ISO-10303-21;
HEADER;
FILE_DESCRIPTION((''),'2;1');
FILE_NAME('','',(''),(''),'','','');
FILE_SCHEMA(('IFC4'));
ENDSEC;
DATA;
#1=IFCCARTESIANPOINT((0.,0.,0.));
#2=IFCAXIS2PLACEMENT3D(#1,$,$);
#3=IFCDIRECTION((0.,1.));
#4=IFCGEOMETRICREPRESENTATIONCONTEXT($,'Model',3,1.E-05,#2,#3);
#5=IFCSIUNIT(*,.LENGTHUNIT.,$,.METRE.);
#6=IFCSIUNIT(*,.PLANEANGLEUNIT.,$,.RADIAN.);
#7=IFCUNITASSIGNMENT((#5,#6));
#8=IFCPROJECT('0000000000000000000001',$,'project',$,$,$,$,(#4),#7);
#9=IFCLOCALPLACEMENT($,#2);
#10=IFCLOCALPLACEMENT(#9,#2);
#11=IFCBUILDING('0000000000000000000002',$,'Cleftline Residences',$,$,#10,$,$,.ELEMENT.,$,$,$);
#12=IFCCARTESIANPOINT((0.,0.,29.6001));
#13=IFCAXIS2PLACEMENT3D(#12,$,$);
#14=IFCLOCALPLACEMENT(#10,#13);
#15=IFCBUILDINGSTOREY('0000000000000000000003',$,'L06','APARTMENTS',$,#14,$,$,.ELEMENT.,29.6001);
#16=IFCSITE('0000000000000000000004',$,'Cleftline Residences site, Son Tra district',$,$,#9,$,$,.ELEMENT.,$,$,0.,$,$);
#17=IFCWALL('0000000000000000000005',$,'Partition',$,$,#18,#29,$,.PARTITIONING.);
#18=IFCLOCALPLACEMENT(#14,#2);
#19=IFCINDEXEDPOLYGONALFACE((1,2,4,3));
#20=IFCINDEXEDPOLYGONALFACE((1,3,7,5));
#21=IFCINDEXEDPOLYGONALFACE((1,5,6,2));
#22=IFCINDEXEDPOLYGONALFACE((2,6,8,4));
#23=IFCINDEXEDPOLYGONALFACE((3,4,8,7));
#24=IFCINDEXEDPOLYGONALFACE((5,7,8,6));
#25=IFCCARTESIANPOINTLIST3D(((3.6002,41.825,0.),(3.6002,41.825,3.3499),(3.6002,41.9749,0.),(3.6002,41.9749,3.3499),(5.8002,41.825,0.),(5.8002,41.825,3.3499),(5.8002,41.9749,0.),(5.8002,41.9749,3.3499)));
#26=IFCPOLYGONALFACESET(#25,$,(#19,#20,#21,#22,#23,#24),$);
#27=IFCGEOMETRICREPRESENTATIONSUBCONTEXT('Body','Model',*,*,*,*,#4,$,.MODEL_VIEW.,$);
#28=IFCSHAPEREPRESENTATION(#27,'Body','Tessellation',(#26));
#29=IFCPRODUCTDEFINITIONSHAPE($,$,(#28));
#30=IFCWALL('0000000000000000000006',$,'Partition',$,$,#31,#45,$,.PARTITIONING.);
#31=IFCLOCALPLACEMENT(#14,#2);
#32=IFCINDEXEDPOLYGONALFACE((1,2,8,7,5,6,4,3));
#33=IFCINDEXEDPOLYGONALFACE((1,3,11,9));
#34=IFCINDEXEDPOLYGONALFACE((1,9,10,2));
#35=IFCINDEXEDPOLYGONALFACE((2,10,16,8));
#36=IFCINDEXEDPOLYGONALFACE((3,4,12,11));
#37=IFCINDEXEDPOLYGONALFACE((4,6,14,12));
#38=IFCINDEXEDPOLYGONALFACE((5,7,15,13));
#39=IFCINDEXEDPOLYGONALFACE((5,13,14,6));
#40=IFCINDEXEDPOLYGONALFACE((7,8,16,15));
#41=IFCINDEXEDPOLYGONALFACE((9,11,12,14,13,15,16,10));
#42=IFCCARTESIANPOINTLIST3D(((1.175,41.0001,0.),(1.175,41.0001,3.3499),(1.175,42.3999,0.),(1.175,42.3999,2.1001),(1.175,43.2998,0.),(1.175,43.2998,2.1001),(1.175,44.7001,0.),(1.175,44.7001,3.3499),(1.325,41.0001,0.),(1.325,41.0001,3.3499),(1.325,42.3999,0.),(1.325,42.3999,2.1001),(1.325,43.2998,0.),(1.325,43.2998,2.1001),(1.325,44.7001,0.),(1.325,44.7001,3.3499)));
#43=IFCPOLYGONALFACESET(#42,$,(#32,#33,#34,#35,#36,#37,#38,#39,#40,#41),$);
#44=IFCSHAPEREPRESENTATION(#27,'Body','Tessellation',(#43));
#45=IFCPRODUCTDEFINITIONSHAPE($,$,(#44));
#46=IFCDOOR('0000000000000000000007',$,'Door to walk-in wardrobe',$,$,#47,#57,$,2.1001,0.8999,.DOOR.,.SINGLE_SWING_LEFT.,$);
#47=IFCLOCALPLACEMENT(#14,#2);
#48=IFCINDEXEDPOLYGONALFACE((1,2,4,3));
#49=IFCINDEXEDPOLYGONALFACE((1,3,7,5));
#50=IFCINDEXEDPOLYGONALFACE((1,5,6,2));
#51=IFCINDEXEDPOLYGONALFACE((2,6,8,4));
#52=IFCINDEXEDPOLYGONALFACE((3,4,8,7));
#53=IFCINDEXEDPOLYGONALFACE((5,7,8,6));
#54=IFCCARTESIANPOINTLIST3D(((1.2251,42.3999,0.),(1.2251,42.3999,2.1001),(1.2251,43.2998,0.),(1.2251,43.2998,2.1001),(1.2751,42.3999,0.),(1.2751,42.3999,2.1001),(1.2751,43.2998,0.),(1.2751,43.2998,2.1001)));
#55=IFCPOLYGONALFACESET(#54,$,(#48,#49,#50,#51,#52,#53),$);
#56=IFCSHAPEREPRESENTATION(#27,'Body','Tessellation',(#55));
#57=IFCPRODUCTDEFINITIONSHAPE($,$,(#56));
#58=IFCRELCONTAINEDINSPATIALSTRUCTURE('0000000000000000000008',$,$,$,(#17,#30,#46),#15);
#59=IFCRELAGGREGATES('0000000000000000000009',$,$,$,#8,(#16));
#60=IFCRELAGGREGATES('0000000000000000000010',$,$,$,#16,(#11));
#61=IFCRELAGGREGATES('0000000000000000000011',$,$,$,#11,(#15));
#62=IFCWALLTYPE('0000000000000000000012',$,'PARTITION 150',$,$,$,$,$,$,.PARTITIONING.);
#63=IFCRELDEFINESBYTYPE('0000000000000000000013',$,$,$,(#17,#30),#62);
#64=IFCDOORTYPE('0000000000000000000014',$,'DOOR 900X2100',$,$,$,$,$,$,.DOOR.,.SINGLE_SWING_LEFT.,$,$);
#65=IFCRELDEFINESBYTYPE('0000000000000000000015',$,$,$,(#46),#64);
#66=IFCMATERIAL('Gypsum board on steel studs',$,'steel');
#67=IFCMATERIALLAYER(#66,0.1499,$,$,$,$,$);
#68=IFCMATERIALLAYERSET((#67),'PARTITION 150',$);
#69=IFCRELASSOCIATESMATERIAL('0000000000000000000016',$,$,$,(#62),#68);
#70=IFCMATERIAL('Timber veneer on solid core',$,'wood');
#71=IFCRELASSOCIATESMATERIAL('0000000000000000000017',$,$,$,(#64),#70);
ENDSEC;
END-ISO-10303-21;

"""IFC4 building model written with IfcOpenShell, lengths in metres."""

from ifc_helpers import new_model, si_unit, direction, frame, frame_2d, origin, place, context, subcontext, project, spatial, rectangle, extrude, material, layer, layer_set, type_object, element, fill, save


model = new_model("IFC4")

# Units and contexts
model_context = context("Model", 3, precision=1e-05, world=origin(), true_north=direction((0.0, 1.0)))
body_context = subcontext(model_context, "Body", "Model", "MODEL_VIEW")
ifc_project = project(units=[si_unit("LENGTHUNIT", "METRE"), si_unit("PLANEANGLEUNIT", "RADIAN")], contexts=[model_context])

# Site, building, storey
site_placement = place(None, origin())
site = spatial("IfcSite", under=ifc_project, at=site_placement, Name="Cleftline Residences site, Son Tra district", CompositionType="ELEMENT", RefElevation=0.0)
building_placement = place(site_placement, origin())
building = spatial("IfcBuilding", under=site, at=building_placement, Name="Cleftline Residences", CompositionType="ELEMENT")
storey_placement = place(building_placement, frame((0.0, 0.0, 29.6001)))
storey = spatial("IfcBuildingStorey", under=building, at=storey_placement, Name="L06", Description="APARTMENTS", CompositionType="ELEMENT", Elevation=29.6001)

# Wall
ifc_material_1 = material(Name="Gypsum board on steel studs", Category="steel")
ifc_layer_1 = layer(ifc_material_1, 0.1499)
ifc_layer_set_1 = layer_set([ifc_layer_1], Name="PARTITION 150")
wall_type_1 = type_object("IfcWallType", Name="PARTITION 150", PredefinedType="PARTITIONING", material=ifc_layer_set_1)
wall_1_placement = place(storey_placement, frame((3.6001, 41.8999, 0.0), z_axis=(0.0, 0.0, 1.0), x_axis=(1.0, 0.0, 0.0)))
element("IfcWall", 1, at=wall_1_placement, inside=storey, type_object=wall_type_1, Name="Partition", PredefinedType="PARTITIONING", context=body_context, shape_type="SweptSolid", body=[
    extrude(rectangle(XDim=2.2, YDim=0.1499, at=frame_2d((1.1001, 0.0))), origin(), (0.0, 0.0, 1.0), 3.3499),
])

# Wall, opening, door
wall_2_placement = place(storey_placement, frame((1.25, 41.0, 0.0), z_axis=(0.0, 0.0, 1.0), x_axis=(0.0, 1.0, 0.0)))
wall_2 = element("IfcWall", 2, at=wall_2_placement, inside=storey, type_object=wall_type_1, Name="Partition", PredefinedType="PARTITIONING", context=body_context, shape_type="SweptSolid", body=[
    extrude(rectangle(XDim=3.7, YDim=0.1499, at=frame_2d((1.8501, 0.0))), origin(), (0.0, 0.0, 1.0), 3.3499),
])
opening_1_placement = place(wall_2_placement, frame((1.3999, 0.0, 0.0)))
opening_1 = element("IfcOpeningElement", 3, at=opening_1_placement, cuts=wall_2, PredefinedType="OPENING", context=body_context, shape_type="SweptSolid", body=[
    extrude(rectangle(XDim=0.8999, YDim=2.1001, at=frame_2d((0.45, 1.05))), frame((0.0, 0.085, 0.0), z_axis=(0.0, -1.0, 0.0), x_axis=(1.0, 0.0, 0.0)), (0.0, 0.0, 1.0), 0.1699),
])
ifc_material_2 = material(Name="Timber veneer on solid core", Category="wood")
door_type = type_object("IfcDoorType", Name="DOOR 900X2100", OperationType="SINGLE_SWING_LEFT", PredefinedType="DOOR", material=ifc_material_2)
door_placement = place(opening_1_placement, origin())
door = element("IfcDoor", 4, at=door_placement, inside=storey, type_object=door_type, Name="Door to walk-in wardrobe", OperationType="SINGLE_SWING_LEFT", OverallHeight=2.1001, OverallWidth=0.8999, PredefinedType="DOOR", context=body_context, shape_type="SweptSolid", body=[
    extrude(rectangle(XDim=0.8999, YDim=2.1001, at=frame_2d((0.45, 1.05))), frame((0.0, 0.0249, 0.0), z_axis=(0.0, -1.0, 0.0), x_axis=(1.0, 0.0, 0.0)), (0.0, 0.0, 1.0), 0.05),
])
fill(opening_1, door)

save(model, "model.ifc")
